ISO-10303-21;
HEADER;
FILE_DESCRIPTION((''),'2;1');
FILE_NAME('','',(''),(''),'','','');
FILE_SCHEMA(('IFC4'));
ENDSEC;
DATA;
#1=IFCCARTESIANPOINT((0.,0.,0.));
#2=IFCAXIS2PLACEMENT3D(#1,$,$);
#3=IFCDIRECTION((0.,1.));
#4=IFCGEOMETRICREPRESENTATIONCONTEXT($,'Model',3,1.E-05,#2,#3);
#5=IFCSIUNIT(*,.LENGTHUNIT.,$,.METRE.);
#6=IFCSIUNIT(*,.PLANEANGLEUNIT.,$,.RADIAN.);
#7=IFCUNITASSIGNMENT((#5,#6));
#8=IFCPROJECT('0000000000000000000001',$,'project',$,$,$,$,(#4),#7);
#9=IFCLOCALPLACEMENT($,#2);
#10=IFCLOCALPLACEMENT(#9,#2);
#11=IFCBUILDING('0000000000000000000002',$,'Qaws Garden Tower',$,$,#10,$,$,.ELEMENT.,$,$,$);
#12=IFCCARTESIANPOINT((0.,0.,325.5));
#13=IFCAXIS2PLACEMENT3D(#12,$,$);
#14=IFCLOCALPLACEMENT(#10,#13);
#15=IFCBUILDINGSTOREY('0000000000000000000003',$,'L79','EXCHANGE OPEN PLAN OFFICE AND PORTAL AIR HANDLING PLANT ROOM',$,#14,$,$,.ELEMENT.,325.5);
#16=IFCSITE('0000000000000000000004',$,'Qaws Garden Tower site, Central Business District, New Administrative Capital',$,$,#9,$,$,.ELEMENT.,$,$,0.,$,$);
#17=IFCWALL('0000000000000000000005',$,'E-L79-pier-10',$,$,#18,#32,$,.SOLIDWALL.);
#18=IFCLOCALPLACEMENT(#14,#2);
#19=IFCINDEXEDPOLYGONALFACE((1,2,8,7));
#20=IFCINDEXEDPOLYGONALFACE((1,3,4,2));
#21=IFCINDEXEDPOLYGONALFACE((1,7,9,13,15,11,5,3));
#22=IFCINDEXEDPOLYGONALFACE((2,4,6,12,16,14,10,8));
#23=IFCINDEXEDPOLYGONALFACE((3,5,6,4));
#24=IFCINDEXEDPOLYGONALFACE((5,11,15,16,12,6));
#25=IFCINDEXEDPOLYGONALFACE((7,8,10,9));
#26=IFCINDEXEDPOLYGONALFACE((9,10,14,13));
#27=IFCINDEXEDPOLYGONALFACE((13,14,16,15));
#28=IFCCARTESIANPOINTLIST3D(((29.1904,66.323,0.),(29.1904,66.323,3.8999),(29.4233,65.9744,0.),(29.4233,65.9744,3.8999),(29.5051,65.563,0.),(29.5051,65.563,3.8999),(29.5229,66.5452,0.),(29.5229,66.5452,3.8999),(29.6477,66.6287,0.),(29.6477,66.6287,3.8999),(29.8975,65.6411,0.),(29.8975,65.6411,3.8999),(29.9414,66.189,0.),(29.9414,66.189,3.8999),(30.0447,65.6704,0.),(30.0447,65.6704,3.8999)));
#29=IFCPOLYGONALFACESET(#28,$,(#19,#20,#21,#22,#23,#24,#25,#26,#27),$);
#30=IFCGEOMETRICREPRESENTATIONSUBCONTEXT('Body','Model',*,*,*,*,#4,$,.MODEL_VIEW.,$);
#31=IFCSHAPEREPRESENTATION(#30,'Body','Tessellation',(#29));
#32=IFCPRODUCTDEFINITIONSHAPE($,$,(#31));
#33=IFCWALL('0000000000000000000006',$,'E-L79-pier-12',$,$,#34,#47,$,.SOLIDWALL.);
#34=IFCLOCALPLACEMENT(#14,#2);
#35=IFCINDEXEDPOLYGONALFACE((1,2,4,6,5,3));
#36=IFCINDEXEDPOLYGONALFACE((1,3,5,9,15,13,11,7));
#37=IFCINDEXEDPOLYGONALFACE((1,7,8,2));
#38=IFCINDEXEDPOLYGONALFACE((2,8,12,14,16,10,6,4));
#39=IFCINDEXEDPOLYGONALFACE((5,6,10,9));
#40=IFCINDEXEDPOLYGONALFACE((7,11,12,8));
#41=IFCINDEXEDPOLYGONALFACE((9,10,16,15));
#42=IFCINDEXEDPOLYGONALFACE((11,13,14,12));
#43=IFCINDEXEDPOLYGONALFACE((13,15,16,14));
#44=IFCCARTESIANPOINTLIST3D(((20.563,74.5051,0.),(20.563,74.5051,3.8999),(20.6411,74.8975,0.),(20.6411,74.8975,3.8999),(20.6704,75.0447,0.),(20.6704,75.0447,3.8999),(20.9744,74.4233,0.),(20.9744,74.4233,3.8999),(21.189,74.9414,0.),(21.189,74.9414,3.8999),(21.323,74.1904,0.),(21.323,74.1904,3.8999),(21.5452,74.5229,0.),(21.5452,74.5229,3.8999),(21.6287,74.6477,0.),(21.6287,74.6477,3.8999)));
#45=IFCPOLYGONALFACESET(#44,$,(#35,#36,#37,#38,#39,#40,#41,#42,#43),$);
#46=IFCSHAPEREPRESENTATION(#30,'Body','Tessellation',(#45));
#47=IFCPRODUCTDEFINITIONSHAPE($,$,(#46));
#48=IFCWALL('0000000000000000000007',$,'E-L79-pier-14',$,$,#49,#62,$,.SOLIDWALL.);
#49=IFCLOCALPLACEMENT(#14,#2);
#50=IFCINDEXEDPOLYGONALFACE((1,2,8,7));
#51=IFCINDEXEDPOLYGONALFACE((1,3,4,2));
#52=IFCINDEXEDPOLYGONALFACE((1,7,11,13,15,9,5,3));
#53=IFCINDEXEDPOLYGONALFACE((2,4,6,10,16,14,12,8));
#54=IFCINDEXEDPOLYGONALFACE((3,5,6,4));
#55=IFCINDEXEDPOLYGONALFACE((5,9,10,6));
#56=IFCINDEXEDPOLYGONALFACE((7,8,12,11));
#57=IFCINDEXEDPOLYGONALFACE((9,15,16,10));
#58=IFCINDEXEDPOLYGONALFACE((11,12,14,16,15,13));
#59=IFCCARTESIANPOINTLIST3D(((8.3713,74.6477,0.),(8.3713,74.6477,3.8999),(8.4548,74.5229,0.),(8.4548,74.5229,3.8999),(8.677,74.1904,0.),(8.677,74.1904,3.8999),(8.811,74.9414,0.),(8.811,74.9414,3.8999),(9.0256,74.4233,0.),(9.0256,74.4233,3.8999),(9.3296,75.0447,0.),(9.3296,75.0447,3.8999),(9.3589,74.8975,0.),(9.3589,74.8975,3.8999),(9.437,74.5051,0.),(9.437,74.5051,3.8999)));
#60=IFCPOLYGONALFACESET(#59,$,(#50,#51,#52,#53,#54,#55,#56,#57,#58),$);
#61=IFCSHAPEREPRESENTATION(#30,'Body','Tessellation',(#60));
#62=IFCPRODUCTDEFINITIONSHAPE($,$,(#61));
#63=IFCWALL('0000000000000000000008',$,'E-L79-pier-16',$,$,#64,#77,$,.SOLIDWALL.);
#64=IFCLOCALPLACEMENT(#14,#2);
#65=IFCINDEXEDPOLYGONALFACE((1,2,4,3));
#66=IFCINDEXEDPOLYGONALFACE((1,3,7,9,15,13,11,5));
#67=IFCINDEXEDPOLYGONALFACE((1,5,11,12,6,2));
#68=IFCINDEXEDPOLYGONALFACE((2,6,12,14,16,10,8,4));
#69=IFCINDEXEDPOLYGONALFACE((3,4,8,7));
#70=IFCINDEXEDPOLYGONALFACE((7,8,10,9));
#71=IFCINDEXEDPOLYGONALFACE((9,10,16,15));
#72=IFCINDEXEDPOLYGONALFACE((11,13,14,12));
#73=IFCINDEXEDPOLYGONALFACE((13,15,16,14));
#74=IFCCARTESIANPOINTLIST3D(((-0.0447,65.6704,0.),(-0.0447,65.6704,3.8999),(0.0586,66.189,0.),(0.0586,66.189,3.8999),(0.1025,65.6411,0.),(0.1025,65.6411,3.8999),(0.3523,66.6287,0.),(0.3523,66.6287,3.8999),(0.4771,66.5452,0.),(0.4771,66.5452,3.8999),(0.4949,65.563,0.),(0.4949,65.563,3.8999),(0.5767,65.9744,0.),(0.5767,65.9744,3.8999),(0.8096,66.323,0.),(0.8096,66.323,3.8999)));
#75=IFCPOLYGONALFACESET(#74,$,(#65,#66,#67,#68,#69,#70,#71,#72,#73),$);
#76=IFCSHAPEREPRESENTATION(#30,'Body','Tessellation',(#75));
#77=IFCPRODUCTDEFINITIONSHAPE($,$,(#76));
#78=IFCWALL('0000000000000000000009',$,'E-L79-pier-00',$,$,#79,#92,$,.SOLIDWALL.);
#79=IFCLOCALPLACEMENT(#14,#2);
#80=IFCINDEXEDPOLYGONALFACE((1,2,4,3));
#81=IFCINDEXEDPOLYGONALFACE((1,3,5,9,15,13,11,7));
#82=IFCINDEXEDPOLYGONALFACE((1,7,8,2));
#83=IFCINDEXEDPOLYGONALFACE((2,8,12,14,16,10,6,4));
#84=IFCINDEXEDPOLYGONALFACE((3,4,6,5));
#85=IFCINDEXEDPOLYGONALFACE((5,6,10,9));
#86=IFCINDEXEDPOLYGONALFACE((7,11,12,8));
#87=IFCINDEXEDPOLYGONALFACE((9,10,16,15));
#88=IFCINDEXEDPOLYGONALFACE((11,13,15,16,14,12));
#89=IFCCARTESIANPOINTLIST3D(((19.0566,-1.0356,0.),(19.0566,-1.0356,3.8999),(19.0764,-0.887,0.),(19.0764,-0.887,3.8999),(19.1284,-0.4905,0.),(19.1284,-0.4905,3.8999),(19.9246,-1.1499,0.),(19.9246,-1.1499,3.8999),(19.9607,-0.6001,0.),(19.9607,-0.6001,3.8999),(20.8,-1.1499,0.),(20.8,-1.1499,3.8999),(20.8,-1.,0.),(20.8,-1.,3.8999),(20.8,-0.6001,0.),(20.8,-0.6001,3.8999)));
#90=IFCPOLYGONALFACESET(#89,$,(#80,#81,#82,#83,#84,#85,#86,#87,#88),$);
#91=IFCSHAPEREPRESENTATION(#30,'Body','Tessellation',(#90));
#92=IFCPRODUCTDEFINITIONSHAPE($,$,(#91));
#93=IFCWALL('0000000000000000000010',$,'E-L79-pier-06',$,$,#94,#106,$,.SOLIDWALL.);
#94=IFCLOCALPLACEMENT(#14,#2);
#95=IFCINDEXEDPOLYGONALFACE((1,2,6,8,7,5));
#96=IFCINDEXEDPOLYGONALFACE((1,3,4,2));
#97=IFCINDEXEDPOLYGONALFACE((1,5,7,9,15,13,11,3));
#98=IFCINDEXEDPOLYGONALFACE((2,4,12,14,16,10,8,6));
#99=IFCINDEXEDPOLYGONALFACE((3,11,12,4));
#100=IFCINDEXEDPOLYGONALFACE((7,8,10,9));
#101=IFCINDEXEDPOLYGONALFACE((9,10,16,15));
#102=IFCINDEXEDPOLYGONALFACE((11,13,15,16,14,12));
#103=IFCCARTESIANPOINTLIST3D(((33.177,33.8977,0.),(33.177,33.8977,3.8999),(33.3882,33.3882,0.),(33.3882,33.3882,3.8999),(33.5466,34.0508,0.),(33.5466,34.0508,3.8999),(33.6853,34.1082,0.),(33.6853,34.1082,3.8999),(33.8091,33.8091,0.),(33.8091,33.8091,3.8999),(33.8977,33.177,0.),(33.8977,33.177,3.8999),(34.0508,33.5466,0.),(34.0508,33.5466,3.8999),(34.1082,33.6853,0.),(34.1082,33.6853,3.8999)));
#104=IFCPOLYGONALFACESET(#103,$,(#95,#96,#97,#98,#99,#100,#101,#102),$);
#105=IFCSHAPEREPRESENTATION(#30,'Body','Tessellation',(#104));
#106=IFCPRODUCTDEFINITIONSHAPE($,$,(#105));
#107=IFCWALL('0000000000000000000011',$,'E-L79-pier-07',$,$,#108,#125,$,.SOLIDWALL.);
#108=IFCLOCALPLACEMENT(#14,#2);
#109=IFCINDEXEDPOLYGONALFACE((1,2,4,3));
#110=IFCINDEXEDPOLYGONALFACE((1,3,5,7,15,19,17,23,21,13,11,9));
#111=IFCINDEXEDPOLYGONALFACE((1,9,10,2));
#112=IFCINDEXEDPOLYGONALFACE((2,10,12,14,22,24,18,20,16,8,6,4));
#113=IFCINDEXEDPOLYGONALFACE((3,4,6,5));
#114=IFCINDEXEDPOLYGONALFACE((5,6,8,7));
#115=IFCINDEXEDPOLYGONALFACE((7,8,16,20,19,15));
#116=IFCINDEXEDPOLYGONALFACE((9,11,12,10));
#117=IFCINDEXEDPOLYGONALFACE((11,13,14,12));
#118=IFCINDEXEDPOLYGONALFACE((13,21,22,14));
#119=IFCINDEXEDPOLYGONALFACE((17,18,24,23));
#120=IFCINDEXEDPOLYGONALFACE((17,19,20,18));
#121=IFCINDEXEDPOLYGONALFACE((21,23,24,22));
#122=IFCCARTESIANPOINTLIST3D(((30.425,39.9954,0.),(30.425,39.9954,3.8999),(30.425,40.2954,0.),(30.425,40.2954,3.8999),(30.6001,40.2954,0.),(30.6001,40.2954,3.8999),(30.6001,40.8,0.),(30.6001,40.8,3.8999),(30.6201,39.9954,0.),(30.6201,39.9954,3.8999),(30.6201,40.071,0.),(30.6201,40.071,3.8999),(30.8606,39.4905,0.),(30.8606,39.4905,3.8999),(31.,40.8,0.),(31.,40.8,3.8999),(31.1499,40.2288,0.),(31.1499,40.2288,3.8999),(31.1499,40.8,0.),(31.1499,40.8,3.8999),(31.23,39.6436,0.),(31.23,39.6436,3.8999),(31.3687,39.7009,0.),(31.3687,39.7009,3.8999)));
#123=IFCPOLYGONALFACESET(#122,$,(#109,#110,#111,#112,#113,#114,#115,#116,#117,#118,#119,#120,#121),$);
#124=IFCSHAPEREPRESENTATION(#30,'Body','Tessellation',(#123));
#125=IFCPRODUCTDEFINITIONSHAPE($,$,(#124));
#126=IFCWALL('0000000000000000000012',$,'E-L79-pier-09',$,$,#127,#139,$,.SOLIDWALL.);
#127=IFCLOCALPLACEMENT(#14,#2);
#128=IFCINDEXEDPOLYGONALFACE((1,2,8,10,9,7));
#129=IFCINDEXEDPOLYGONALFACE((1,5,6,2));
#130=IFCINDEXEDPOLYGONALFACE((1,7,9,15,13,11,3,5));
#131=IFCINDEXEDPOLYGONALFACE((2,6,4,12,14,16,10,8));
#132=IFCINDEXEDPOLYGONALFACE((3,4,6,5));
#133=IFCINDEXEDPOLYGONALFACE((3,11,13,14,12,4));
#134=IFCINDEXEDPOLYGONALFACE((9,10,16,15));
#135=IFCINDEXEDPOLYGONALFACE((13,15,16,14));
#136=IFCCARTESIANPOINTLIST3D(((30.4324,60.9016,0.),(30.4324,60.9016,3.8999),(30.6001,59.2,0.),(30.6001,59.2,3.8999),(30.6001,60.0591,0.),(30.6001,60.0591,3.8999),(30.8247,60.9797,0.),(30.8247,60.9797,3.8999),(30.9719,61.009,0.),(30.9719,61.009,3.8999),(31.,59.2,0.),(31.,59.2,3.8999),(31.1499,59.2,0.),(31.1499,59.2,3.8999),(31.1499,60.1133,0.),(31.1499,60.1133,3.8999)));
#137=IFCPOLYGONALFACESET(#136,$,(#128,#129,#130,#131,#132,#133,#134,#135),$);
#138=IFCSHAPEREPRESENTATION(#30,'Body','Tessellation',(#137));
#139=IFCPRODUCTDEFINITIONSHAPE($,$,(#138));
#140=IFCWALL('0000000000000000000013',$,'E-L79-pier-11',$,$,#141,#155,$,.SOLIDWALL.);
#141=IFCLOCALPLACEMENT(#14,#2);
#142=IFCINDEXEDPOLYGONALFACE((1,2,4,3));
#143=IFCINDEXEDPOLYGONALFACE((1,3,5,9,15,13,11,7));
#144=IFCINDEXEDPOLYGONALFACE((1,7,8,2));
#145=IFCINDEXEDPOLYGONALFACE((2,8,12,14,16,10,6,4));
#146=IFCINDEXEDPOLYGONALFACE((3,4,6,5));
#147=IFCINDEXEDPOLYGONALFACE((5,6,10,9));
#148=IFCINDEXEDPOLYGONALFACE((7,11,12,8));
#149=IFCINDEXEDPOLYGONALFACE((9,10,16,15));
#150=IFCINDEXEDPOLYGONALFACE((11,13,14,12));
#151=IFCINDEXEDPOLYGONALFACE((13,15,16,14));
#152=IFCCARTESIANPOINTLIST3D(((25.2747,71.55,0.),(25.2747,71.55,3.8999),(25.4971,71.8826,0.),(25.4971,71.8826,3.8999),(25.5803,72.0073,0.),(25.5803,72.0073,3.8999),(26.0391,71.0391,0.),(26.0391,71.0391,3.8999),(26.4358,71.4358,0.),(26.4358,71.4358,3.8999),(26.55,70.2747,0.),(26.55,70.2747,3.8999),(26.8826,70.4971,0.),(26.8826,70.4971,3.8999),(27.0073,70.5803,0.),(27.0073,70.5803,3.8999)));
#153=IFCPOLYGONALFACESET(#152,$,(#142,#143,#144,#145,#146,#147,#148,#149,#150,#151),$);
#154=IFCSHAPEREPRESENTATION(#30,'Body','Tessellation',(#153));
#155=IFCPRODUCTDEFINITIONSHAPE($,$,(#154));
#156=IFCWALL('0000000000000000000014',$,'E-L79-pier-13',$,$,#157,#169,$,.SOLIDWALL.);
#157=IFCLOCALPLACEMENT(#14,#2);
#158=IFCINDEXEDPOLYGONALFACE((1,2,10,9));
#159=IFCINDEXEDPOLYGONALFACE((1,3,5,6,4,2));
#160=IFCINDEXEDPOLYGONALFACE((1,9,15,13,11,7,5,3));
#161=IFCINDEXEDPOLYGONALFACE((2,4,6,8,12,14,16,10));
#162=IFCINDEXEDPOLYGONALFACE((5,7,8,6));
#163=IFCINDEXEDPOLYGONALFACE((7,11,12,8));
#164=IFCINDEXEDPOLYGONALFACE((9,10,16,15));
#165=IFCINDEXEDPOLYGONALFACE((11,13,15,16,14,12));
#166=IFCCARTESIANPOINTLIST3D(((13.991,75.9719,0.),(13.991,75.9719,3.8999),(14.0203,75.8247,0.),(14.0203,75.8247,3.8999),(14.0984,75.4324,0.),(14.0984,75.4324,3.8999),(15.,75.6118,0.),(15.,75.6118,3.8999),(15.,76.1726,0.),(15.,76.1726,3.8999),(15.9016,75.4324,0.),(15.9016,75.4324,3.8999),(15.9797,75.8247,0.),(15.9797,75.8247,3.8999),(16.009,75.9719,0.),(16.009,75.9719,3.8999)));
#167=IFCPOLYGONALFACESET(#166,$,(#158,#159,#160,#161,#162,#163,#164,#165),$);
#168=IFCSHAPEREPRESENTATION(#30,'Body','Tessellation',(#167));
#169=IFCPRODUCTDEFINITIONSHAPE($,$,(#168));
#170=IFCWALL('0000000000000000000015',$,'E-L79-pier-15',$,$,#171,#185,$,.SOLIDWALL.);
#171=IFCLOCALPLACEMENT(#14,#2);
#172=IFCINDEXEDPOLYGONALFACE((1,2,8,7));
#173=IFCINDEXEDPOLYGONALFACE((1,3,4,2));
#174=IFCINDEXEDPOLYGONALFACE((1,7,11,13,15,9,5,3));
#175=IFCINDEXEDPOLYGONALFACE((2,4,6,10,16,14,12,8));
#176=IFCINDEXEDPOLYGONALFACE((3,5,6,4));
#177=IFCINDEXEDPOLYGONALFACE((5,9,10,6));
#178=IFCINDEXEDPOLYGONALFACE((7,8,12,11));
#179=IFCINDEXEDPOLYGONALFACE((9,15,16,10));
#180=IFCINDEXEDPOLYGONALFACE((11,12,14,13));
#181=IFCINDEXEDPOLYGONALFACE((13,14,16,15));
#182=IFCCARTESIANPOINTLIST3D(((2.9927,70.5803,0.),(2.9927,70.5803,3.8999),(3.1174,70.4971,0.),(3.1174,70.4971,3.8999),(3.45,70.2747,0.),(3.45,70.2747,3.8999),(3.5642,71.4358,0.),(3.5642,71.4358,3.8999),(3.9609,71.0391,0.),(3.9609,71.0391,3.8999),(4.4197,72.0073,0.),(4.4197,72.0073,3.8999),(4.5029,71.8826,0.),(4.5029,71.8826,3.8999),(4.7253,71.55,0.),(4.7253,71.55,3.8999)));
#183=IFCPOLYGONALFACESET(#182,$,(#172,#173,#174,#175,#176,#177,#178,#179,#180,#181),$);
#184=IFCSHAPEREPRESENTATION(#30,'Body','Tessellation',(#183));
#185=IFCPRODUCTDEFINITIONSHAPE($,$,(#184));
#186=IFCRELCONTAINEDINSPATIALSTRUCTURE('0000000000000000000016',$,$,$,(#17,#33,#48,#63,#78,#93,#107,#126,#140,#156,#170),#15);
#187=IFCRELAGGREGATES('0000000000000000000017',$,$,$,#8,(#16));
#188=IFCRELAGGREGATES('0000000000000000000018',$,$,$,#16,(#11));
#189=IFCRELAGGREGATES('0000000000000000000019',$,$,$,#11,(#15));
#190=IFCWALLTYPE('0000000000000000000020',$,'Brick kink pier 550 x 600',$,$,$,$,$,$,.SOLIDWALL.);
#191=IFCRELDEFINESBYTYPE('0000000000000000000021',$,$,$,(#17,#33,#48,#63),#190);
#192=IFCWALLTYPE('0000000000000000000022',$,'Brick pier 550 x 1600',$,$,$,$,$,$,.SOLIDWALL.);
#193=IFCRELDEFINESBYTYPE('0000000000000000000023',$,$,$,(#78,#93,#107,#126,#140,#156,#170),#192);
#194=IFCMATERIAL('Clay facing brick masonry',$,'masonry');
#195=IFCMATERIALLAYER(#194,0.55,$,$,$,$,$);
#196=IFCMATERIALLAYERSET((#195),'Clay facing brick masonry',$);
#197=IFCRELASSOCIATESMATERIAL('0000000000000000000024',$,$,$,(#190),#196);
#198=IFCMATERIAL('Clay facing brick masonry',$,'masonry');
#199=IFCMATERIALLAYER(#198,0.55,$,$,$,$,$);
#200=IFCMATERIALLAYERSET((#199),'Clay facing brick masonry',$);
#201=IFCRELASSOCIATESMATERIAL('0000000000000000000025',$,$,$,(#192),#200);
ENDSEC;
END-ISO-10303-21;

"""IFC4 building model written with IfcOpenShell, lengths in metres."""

from ifc_helpers import new_model, si_unit, direction, frame, origin, place, context, subcontext, project, spatial, polyline, outline, extrude, material, layer, layer_set, type_object, element, save


model = new_model("IFC4")

# Units and contexts
model_context = context("Model", 3, precision=1e-05, world=origin(), true_north=direction((0.0, 1.0)))
body_context = subcontext(model_context, "Body", "Model", "MODEL_VIEW")
ifc_project = project(units=[si_unit("LENGTHUNIT", "METRE"), si_unit("PLANEANGLEUNIT", "RADIAN")], contexts=[model_context])

# Site, building, storey
site_placement = place(None, origin())
site = spatial("IfcSite", under=ifc_project, at=site_placement, Name="Qaws Garden Tower site, Central Business District, New Administrative Capital", CompositionType="ELEMENT", RefElevation=0.0)
building_placement = place(site_placement, origin())
building = spatial("IfcBuilding", under=site, at=building_placement, Name="Qaws Garden Tower", CompositionType="ELEMENT")
storey_placement = place(building_placement, frame((0.0, 0.0, 325.5)))
storey = spatial("IfcBuildingStorey", under=building, at=storey_placement, Name="L79", Description="EXCHANGE OPEN PLAN OFFICE AND PORTAL AIR HANDLING PLANT ROOM", CompositionType="ELEMENT", Elevation=325.5)

# Walls
placement_1 = place(storey_placement, origin())
ifc_material_1 = material(Name="Clay facing brick masonry", Category="masonry")
ifc_layer_1 = layer(ifc_material_1, 0.55)
ifc_layer_set_1 = layer_set([ifc_layer_1], Name="Clay facing brick masonry")
wall_type_1 = type_object("IfcWallType", Name="Brick kink pier 550 x 600", PredefinedType="SOLIDWALL", material=ifc_layer_set_1)
element("IfcWall", 1, at=placement_1, inside=storey, type_object=wall_type_1, Name="E-L79-pier-10", PredefinedType="SOLIDWALL", context=body_context, shape_type="SweptSolid", body=[
    extrude(outline(polyline([(29.8975, 65.6411), (30.0447, 65.6704), (29.9414, 66.189), (29.6477, 66.6287), (29.5229, 66.5452), (29.1904, 66.323), (29.4233, 65.9744), (29.5051, 65.563), (29.8975, 65.6411)])), origin(), (0.0, 0.0, 1.0), 3.8999),
])
element("IfcWall", 2, at=placement_1, inside=storey, type_object=wall_type_1, Name="E-L79-pier-12", PredefinedType="SOLIDWALL", context=body_context, shape_type="SweptSolid", body=[
    extrude(outline(polyline([(21.5452, 74.5229), (21.6287, 74.6477), (21.189, 74.9414), (20.6704, 75.0447), (20.6411, 74.8975), (20.563, 74.5051), (20.9744, 74.4233), (21.323, 74.1904), (21.5452, 74.5229)])), origin(), (0.0, 0.0, 1.0), 3.8999),
])
element("IfcWall", 3, at=placement_1, inside=storey, type_object=wall_type_1, Name="E-L79-pier-14", PredefinedType="SOLIDWALL", context=body_context, shape_type="SweptSolid", body=[
    extrude(outline(polyline([(9.3589, 74.8975), (9.3296, 75.0447), (8.811, 74.9414), (8.3713, 74.6477), (8.4548, 74.5229), (8.677, 74.1904), (9.0256, 74.4233), (9.437, 74.5051), (9.3589, 74.8975)])), origin(), (0.0, 0.0, 1.0), 3.8999),
])
element("IfcWall", 4, at=placement_1, inside=storey, type_object=wall_type_1, Name="E-L79-pier-16", PredefinedType="SOLIDWALL", context=body_context, shape_type="SweptSolid", body=[
    extrude(outline(polyline([(0.4771, 66.5452), (0.3523, 66.6287), (0.0586, 66.189), (-0.0447, 65.6704), (0.1025, 65.6411), (0.4949, 65.563), (0.5767, 65.9744), (0.8096, 66.323), (0.4771, 66.5452)])), origin(), (0.0, 0.0, 1.0), 3.8999),
])
ifc_material_2 = material(Name="Clay facing brick masonry", Category="masonry")
ifc_layer_2 = layer(ifc_material_2, 0.55)
ifc_layer_set_2 = layer_set([ifc_layer_2], Name="Clay facing brick masonry")
wall_type_2 = type_object("IfcWallType", Name="Brick pier 550 x 1600", PredefinedType="SOLIDWALL", material=ifc_layer_set_2)
element("IfcWall", 5, at=placement_1, inside=storey, type_object=wall_type_2, Name="E-L79-pier-00", PredefinedType="SOLIDWALL", context=body_context, shape_type="SweptSolid", body=[
    extrude(outline(polyline([(19.0764, -0.887), (19.0566, -1.0356), (19.9246, -1.1499), (20.8, -1.1499), (20.8, -1.0), (20.8, -0.6001), (19.9607, -0.6001), (19.1284, -0.4905), (19.0764, -0.887)])), origin(), (0.0, 0.0, 1.0), 3.8999),
])
element("IfcWall", 6, at=placement_1, inside=storey, type_object=wall_type_2, Name="E-L79-pier-06", PredefinedType="SOLIDWALL", context=body_context, shape_type="SweptSolid", body=[
    extrude(outline(polyline([(34.0508, 33.5466), (34.1082, 33.6853), (33.8091, 33.8091), (33.6853, 34.1082), (33.5466, 34.0508), (33.177, 33.8977), (33.3882, 33.3882), (33.8977, 33.177), (34.0508, 33.5466)])), origin(), (0.0, 0.0, 1.0), 3.8999),
])
element("IfcWall", 7, at=placement_1, inside=storey, type_object=wall_type_2, Name="E-L79-pier-07", PredefinedType="SOLIDWALL", context=body_context, shape_type="SweptSolid", body=[
    extrude(outline(polyline([(30.6201, 39.9954), (30.6201, 40.071), (30.8606, 39.4905), (31.23, 39.6436), (31.3687, 39.7009), (31.1499, 40.2288), (31.1499, 40.8), (31.0, 40.8), (30.6001, 40.8), (30.6001, 40.2954), (30.425, 40.2954), (30.425, 39.9954), (30.6201, 39.9954)])), origin(), (0.0, 0.0, 1.0), 3.8999),
])
element("IfcWall", 8, at=placement_1, inside=storey, type_object=wall_type_2, Name="E-L79-pier-09", PredefinedType="SOLIDWALL", context=body_context, shape_type="SweptSolid", body=[
    extrude(outline(polyline([(31.0, 59.2), (31.1499, 59.2), (31.1499, 60.1133), (30.9719, 61.009), (30.8247, 60.9797), (30.4324, 60.9016), (30.6001, 60.0591), (30.6001, 59.2), (31.0, 59.2)])), origin(), (0.0, 0.0, 1.0), 3.8999),
])
element("IfcWall", 9, at=placement_1, inside=storey, type_object=wall_type_2, Name="E-L79-pier-11", PredefinedType="SOLIDWALL", context=body_context, shape_type="SweptSolid", body=[
    extrude(outline(polyline([(26.8826, 70.4971), (27.0073, 70.5803), (26.4358, 71.4358), (25.5803, 72.0073), (25.4971, 71.8826), (25.2747, 71.55), (26.0391, 71.0391), (26.55, 70.2747), (26.8826, 70.4971)])), origin(), (0.0, 0.0, 1.0), 3.8999),
])
element("IfcWall", 10, at=placement_1, inside=storey, type_object=wall_type_2, Name="E-L79-pier-13", PredefinedType="SOLIDWALL", context=body_context, shape_type="SweptSolid", body=[
    extrude(outline(polyline([(15.9797, 75.8247), (16.009, 75.9719), (15.0, 76.1726), (13.991, 75.9719), (14.0203, 75.8247), (14.0984, 75.4324), (15.0, 75.6118), (15.9016, 75.4324), (15.9797, 75.8247)])), origin(), (0.0, 0.0, 1.0), 3.8999),
])
element("IfcWall", 11, at=placement_1, inside=storey, type_object=wall_type_2, Name="E-L79-pier-15", PredefinedType="SOLIDWALL", context=body_context, shape_type="SweptSolid", body=[
    extrude(outline(polyline([(4.5029, 71.8826), (4.4197, 72.0073), (3.5642, 71.4358), (2.9927, 70.5803), (3.1174, 70.4971), (3.45, 70.2747), (3.9609, 71.0391), (4.7253, 71.55), (4.5029, 71.8826)])), origin(), (0.0, 0.0, 1.0), 3.8999),
])

save(model, "model.ifc")
